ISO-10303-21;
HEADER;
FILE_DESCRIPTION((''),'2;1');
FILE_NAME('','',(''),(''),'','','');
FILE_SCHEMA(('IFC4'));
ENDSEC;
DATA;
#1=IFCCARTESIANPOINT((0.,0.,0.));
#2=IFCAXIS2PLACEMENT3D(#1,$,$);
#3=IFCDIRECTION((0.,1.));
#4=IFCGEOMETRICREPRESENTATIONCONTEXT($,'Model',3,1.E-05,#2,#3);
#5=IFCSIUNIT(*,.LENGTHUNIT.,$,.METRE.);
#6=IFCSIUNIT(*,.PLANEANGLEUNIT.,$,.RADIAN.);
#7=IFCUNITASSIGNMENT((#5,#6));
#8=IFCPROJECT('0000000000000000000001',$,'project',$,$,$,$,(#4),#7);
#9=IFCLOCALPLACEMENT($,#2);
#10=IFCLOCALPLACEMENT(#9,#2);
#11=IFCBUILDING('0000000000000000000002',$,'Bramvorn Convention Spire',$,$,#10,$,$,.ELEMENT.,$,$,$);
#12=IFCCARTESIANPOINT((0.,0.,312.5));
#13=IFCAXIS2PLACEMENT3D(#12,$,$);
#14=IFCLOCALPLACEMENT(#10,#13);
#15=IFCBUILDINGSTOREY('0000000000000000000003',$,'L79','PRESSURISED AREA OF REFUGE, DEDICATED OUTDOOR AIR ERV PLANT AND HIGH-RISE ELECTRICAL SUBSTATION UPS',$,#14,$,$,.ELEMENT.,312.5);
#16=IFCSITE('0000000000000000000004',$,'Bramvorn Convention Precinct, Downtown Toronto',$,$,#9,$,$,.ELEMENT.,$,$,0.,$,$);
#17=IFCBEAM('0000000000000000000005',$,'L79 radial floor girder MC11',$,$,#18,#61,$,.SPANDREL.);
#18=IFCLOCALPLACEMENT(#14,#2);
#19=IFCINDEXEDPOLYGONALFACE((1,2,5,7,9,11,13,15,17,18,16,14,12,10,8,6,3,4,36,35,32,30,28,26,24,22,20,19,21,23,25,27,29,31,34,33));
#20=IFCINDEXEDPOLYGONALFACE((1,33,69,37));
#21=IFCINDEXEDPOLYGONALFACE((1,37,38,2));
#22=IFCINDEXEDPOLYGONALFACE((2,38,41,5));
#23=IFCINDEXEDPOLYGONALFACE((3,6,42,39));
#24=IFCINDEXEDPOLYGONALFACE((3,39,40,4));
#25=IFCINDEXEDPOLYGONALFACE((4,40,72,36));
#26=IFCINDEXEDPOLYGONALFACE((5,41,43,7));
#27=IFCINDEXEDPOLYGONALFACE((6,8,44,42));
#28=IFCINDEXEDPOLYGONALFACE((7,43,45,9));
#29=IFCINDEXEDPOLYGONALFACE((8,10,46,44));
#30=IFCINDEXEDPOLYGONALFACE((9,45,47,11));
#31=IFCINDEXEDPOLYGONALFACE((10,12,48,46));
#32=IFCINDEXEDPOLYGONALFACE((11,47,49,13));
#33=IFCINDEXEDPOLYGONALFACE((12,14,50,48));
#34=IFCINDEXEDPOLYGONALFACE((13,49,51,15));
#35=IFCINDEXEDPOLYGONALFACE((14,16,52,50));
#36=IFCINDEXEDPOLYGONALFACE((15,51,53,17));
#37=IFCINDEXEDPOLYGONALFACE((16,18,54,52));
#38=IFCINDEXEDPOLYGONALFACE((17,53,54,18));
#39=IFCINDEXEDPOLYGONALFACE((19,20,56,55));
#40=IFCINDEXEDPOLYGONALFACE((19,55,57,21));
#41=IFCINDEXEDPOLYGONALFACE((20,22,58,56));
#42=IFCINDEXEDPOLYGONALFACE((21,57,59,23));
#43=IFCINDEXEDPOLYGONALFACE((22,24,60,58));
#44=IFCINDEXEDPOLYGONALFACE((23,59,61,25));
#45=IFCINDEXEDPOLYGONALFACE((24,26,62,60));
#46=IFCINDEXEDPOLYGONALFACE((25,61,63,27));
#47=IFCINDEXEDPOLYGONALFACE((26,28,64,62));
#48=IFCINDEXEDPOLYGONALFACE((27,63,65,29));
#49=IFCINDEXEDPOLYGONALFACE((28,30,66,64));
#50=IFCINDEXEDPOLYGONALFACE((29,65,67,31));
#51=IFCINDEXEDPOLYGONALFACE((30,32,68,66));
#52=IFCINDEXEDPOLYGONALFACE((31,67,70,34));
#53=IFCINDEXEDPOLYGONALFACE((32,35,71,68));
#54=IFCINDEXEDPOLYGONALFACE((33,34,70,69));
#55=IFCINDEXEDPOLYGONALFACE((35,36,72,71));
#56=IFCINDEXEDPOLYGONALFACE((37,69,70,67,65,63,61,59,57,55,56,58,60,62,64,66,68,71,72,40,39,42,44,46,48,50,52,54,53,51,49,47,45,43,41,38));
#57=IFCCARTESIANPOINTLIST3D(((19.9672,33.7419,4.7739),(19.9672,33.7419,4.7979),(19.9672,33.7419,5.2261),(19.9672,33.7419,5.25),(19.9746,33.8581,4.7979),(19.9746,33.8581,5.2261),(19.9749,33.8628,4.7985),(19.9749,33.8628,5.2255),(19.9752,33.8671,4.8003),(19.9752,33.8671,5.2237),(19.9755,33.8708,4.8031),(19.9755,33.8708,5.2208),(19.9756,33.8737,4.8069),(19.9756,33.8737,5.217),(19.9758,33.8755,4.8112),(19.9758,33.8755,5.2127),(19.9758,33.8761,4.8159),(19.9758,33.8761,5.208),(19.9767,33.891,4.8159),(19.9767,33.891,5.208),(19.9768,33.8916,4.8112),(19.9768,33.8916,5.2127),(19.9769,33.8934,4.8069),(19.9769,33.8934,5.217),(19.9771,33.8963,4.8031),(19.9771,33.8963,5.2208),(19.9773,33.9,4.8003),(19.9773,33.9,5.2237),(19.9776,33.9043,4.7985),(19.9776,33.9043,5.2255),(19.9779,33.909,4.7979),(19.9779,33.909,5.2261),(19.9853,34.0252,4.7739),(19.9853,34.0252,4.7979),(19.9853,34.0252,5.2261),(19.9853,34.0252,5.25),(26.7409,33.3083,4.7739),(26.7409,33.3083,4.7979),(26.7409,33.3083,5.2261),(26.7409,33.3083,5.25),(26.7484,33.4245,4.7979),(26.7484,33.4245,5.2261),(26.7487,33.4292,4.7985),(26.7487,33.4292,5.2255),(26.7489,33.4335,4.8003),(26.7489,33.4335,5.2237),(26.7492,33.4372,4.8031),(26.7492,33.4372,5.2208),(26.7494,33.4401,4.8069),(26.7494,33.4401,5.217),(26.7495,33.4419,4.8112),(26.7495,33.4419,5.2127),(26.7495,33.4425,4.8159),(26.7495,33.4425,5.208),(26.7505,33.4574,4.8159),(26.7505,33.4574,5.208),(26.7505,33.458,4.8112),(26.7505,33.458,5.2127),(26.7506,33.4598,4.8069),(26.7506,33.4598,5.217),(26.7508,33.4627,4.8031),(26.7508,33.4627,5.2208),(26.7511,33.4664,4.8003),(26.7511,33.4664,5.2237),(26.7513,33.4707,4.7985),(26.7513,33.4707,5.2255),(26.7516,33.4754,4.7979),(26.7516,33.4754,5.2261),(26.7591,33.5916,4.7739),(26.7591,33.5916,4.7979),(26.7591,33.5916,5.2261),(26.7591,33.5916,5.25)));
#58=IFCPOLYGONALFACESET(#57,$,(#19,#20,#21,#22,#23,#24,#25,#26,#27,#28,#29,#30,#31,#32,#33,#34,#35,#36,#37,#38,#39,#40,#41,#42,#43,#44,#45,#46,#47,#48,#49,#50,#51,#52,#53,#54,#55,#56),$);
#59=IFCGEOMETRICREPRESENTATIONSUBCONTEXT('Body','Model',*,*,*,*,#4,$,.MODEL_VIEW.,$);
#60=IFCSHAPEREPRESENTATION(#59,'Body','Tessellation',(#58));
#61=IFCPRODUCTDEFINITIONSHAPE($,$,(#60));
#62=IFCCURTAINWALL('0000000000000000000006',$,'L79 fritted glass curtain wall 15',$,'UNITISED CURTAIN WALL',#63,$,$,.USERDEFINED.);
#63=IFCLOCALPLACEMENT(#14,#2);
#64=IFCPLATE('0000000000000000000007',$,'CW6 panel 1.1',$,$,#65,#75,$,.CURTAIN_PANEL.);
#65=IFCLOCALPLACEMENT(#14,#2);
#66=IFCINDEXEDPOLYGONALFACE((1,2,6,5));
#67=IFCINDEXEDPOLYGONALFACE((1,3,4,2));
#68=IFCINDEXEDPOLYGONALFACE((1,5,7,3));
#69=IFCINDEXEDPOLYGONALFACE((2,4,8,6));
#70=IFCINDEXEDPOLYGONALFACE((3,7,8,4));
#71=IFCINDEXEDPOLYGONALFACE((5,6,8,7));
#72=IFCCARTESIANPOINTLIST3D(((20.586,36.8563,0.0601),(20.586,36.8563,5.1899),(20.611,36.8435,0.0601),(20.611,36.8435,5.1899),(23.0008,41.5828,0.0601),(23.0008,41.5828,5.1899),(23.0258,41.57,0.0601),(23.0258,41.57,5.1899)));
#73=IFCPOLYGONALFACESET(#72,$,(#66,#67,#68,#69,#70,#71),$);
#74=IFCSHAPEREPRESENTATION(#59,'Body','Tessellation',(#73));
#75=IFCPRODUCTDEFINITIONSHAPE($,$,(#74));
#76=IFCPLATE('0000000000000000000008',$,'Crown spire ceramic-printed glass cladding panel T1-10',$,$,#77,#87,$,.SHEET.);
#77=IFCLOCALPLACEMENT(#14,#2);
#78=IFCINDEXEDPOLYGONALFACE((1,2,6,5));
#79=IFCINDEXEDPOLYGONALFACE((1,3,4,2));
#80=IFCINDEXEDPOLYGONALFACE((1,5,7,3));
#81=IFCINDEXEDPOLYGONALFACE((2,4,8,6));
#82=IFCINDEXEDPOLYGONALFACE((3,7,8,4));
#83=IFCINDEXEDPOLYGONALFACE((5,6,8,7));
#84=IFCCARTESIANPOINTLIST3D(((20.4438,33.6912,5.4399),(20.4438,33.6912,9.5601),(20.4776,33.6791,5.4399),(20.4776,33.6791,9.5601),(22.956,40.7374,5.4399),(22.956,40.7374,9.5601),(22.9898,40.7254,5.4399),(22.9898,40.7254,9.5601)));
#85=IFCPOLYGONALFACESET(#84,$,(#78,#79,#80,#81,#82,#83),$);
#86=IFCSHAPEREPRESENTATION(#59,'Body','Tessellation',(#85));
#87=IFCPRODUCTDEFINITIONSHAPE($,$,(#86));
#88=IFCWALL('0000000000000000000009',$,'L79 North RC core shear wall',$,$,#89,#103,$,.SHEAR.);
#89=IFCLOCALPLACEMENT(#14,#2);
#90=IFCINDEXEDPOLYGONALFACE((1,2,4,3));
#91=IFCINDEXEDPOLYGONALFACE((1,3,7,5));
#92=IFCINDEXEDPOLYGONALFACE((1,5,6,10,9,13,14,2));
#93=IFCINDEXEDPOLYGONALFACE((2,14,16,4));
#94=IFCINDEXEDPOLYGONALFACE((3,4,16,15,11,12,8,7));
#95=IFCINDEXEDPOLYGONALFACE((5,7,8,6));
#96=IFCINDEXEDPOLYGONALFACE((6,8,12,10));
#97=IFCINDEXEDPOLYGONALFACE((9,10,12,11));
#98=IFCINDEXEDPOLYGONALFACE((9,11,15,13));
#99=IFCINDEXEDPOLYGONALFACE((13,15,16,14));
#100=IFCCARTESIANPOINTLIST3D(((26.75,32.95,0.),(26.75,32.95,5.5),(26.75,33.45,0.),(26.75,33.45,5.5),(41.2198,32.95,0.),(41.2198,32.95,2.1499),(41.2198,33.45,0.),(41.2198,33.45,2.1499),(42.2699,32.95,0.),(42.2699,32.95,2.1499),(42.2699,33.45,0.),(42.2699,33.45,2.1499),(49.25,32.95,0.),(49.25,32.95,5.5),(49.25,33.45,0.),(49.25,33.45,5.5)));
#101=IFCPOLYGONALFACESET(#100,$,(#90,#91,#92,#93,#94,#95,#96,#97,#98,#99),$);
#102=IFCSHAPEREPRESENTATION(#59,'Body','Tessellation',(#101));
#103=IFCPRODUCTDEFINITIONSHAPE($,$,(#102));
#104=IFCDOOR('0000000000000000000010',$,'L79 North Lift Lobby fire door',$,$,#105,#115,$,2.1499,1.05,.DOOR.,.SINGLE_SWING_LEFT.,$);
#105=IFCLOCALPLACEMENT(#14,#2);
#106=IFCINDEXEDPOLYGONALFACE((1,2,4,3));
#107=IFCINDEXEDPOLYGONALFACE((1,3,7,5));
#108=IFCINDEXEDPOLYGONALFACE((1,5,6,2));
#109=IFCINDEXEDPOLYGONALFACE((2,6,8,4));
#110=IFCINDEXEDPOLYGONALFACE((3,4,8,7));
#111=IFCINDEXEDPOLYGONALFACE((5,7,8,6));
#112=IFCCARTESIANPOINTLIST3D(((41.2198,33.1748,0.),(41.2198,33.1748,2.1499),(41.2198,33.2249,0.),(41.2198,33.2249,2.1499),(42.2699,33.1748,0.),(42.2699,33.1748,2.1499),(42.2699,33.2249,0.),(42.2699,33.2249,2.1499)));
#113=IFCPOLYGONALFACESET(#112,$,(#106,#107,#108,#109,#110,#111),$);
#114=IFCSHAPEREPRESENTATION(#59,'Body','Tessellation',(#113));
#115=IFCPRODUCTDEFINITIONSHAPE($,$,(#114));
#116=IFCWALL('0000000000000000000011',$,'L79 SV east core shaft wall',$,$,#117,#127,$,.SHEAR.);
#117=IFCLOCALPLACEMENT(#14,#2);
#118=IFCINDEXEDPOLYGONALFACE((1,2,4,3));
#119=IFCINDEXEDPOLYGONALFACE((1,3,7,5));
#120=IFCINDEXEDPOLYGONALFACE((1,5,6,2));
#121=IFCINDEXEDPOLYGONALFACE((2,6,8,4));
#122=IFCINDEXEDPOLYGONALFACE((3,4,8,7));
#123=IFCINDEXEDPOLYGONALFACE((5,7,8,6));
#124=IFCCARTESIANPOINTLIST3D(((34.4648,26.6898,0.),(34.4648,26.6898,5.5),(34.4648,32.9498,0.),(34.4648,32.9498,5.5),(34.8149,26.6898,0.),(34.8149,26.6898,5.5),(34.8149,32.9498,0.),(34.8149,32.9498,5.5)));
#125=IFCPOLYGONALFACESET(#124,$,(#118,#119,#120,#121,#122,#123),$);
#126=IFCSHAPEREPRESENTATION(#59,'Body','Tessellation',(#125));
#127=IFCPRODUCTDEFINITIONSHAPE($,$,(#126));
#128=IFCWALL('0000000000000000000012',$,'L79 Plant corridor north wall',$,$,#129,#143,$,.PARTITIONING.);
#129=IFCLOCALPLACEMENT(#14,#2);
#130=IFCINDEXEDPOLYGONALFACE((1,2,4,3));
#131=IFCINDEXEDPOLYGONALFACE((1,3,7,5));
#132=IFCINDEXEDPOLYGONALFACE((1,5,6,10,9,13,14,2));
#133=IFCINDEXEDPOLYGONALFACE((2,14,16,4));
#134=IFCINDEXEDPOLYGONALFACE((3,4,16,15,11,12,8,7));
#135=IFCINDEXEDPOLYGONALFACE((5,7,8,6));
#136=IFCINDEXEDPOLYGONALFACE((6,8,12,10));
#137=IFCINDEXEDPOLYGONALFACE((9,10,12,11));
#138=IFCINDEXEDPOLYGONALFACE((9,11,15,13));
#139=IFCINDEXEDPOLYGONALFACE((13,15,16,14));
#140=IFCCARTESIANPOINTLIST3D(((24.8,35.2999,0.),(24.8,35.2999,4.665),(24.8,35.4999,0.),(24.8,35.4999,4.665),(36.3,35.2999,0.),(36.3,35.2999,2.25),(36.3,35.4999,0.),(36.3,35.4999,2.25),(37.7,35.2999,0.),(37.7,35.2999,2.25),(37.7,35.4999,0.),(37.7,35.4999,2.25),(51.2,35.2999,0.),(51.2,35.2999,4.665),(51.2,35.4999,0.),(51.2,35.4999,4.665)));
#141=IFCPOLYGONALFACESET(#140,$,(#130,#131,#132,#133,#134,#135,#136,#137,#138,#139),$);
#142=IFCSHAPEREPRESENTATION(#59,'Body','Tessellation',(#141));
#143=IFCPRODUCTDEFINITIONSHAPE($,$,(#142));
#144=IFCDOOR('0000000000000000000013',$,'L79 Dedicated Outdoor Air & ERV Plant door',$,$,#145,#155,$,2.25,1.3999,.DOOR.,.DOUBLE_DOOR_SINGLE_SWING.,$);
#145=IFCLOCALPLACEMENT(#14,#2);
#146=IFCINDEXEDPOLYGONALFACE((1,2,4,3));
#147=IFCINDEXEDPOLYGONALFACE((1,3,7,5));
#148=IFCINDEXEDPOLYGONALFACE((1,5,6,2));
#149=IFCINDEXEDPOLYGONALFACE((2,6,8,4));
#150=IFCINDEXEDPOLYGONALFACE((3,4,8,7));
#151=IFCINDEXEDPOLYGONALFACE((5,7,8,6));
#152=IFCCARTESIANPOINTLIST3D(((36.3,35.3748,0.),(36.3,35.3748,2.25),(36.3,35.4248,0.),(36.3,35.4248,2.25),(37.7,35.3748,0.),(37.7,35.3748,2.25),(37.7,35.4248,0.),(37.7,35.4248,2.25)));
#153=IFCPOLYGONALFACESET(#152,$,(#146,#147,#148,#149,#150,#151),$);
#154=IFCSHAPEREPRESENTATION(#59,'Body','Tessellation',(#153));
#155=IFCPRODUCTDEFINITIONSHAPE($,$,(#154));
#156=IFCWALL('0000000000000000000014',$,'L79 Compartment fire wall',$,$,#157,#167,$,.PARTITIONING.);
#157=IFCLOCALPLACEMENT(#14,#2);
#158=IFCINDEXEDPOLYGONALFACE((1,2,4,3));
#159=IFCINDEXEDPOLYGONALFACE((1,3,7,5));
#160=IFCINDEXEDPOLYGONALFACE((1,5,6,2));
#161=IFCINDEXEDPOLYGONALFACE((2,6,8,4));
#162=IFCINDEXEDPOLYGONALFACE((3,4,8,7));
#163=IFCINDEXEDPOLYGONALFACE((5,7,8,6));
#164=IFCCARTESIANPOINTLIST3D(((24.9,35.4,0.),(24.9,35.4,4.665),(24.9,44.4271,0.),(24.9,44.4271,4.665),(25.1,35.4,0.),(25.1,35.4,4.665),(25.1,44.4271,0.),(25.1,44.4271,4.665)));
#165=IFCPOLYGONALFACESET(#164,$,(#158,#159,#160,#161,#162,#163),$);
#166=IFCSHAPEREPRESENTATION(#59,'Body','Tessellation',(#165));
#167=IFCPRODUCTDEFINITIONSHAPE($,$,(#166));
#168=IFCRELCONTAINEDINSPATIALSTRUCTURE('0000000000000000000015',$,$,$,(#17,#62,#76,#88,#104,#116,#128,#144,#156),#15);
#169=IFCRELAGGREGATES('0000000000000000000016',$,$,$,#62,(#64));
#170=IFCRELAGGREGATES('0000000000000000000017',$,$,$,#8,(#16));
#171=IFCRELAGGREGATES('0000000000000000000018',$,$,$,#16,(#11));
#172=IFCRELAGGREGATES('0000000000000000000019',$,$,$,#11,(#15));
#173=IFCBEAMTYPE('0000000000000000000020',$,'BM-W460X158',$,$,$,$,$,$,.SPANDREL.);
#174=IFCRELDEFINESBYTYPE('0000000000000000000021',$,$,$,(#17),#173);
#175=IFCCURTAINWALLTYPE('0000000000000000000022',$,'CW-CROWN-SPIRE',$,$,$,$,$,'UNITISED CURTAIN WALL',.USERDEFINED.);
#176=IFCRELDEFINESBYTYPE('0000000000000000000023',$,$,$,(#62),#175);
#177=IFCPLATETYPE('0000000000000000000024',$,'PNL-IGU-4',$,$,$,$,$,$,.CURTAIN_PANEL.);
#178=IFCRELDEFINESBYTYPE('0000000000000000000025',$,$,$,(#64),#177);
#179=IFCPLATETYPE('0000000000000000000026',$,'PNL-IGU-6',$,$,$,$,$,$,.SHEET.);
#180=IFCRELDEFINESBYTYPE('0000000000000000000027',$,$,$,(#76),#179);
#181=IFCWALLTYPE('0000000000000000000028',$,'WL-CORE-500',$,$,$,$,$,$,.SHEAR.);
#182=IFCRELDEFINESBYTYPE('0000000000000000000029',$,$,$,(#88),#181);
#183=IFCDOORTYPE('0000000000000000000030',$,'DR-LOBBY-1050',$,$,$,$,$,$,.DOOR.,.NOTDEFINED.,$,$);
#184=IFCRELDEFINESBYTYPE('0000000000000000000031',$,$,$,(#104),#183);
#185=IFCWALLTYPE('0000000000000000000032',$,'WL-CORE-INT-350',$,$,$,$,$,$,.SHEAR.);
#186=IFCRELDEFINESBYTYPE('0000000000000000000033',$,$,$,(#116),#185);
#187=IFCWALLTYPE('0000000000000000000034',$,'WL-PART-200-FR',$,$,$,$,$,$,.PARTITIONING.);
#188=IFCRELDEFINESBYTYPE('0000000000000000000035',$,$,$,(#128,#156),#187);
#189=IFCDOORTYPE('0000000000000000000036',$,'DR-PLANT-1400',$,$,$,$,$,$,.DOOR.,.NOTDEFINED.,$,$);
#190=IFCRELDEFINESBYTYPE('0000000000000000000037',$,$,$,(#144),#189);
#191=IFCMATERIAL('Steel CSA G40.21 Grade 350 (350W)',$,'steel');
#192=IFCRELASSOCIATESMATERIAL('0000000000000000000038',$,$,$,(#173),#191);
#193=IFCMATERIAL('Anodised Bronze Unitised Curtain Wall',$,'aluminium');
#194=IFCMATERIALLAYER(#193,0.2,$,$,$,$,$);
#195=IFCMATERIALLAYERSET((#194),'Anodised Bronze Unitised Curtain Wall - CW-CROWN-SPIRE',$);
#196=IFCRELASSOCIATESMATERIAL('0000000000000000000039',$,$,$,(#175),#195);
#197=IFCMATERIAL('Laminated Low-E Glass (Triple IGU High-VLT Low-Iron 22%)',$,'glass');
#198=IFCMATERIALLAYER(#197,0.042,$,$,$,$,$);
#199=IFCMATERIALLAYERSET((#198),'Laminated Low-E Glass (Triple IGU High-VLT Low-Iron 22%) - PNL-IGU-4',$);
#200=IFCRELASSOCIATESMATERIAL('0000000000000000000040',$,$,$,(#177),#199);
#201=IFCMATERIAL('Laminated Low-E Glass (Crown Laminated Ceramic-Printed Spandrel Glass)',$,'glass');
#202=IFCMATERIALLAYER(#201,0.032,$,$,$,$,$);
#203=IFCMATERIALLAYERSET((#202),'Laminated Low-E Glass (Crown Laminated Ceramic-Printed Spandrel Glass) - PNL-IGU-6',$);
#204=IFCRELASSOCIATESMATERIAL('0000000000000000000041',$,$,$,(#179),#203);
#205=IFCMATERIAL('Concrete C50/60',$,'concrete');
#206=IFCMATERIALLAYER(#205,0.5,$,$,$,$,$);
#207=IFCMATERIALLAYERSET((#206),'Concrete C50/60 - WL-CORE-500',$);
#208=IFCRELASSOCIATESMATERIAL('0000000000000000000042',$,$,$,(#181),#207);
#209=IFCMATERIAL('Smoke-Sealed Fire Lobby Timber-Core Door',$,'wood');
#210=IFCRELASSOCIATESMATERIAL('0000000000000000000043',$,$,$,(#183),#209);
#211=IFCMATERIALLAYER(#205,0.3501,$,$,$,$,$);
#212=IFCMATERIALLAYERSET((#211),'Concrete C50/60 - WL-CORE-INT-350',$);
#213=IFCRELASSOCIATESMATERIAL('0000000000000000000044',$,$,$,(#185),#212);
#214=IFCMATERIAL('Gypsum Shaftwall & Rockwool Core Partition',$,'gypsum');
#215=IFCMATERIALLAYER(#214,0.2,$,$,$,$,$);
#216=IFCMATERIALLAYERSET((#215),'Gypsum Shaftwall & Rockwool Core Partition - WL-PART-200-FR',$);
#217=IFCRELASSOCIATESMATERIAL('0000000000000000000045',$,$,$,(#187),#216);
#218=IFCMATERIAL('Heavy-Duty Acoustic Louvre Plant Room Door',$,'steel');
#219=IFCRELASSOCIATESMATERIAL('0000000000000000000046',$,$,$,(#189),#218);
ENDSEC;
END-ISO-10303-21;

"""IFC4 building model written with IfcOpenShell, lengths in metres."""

from ifc_helpers import new_model, si_unit, direction, frame, frame_2d, origin, origin_2d, place, context, subcontext, project, spatial, rectangle, i_section, extrude, material, layer, layer_set, material_profile, profile_set, type_object, element, fill, aggregate, save


model = new_model("IFC4")

# Units and contexts
model_context = context("Model", 3, precision=1e-05, world=origin(), true_north=direction((0.0, 1.0)))
body_context = subcontext(model_context, "Body", "Model", "MODEL_VIEW")
ifc_project = project(units=[si_unit("LENGTHUNIT", "METRE"), si_unit("PLANEANGLEUNIT", "RADIAN")], contexts=[model_context])

# Site, building, storey
site_placement = place(None, origin())
site = spatial("IfcSite", under=ifc_project, at=site_placement, Name="Bramvorn Convention Precinct, Downtown Toronto", CompositionType="ELEMENT", RefElevation=0.0)
building_placement = place(site_placement, origin())
building = spatial("IfcBuilding", under=site, at=building_placement, Name="Bramvorn Convention Spire", CompositionType="ELEMENT")
storey_placement = place(building_placement, frame((0.0, 0.0, 312.5)))
storey = spatial("IfcBuildingStorey", under=building, at=storey_placement, Name="L79", Description="PRESSURISED AREA OF REFUGE, DEDICATED OUTDOOR AIR ERV PLANT AND HIGH-RISE ELECTRICAL SUBSTATION UPS", CompositionType="ELEMENT", Elevation=312.5)

# Shared definitions
ifc_material_1 = material(Name="Steel CSA G40.21 Grade 350 (350W)", Category="steel")

# Beam
ifc_material_profile_1 = material_profile(ifc_material_1, i_section(OverallWidth=0.2839, OverallDepth=0.4761, WebThickness=0.0149, FlangeThickness=0.0239, FilletRadius=0.0181, at=origin_2d()))
ifc_profile_set_1 = profile_set([ifc_material_profile_1], Name="Steel CSA G40.21 Grade 350 (350W) - W460X158")
beam_type_1 = type_object("IfcBeamType", Name="BM-W460X158", PredefinedType="SPANDREL", material=ifc_profile_set_1)
beam_1_placement = place(storey_placement, frame((26.75, 33.45, 5.012), z_axis=(-0.997958, 0.063881, 0.0), x_axis=(-0.063881, -0.997958, 0.0)))
element("IfcBeam", 1, at=beam_1_placement, inside=storey, type_object=beam_type_1, Name="L79 radial floor girder MC11", PredefinedType="SPANDREL", context=body_context, shape_type="SweptSolid", body=[
    extrude(i_section(OverallWidth=0.2839, OverallDepth=0.4761, WebThickness=0.0149, FlangeThickness=0.0239, FilletRadius=0.0181, at=origin_2d()), origin(), (0.0, 0.0, 1.0), 6.7876),
])

# Curtain wall, plate
ifc_material_2 = material(Name="Anodised Bronze Unitised Curtain Wall", Category="aluminium")
ifc_layer_1 = layer(ifc_material_2, 0.2)
ifc_layer_set_1 = layer_set([ifc_layer_1], Name="Anodised Bronze Unitised Curtain Wall - CW-CROWN-SPIRE")
curtain_wall_type = type_object("IfcCurtainWallType", Name="CW-CROWN-SPIRE", ElementType="UNITISED CURTAIN WALL", PredefinedType="USERDEFINED", material=ifc_layer_set_1)
curtain_wall_placement = place(storey_placement, origin())
curtain_wall = element("IfcCurtainWall", 2, at=curtain_wall_placement, inside=storey, type_object=curtain_wall_type, Name="L79 fritted glass curtain wall 15", ObjectType="UNITISED CURTAIN WALL", PredefinedType="USERDEFINED")
ifc_material_3 = material(Name="Laminated Low-E Glass (Triple IGU High-VLT Low-Iron 22%)", Category="glass")
ifc_layer_2 = layer(ifc_material_3, 0.042)
ifc_layer_set_2 = layer_set([ifc_layer_2], Name="Laminated Low-E Glass (Triple IGU High-VLT Low-Iron 22%) - PNL-IGU-4")
plate_type_1 = type_object("IfcPlateType", Name="PNL-IGU-4", PredefinedType="CURTAIN_PANEL", material=ifc_layer_set_2)
plate_1_placement = place(storey_placement, frame((21.8059, 39.2131, 0.0601), z_axis=(0.0, 0.0, 1.0), x_axis=(0.454964, 0.89051, 0.0)))
plate_1 = element("IfcPlate", 3, at=plate_1_placement, type_object=plate_type_1, Name="CW6 panel 1.1", PredefinedType="CURTAIN_PANEL", context=body_context, shape_type="SweptSolid", body=[
    extrude(rectangle(XDim=5.3076, YDim=0.0281, at=origin_2d()), origin(), (0.0, 0.0, 1.0), 5.1299),
])
aggregate(curtain_wall, [plate_1])

# Plate
ifc_material_4 = material(Name="Laminated Low-E Glass (Crown Laminated Ceramic-Printed Spandrel Glass)", Category="glass")
ifc_layer_3 = layer(ifc_material_4, 0.032)
ifc_layer_set_3 = layer_set([ifc_layer_3], Name="Laminated Low-E Glass (Crown Laminated Ceramic-Printed Spandrel Glass) - PNL-IGU-6")
plate_type_2 = type_object("IfcPlateType", Name="PNL-IGU-6", PredefinedType="SHEET", material=ifc_layer_set_3)
plate_2_placement = place(storey_placement, frame((21.7168, 37.2083, 5.4399), z_axis=(0.0, 0.0, 1.0), x_axis=(-0.335831, -0.941922, 0.0)))
element("IfcPlate", 4, at=plate_2_placement, inside=storey, type_object=plate_type_2, Name="Crown spire ceramic-printed glass cladding panel T1-10", PredefinedType="SHEET", context=body_context, shape_type="SweptSolid", body=[
    extrude(rectangle(XDim=7.4807, YDim=0.0359, at=origin_2d()), origin(), (0.0, 0.0, 1.0), 4.1201),
])

# Wall, opening, door
ifc_material_5 = material(Name="Concrete C50/60", Category="concrete")
ifc_layer_4 = layer(ifc_material_5, 0.5)
ifc_layer_set_4 = layer_set([ifc_layer_4], Name="Concrete C50/60 - WL-CORE-500")
wall_type_1 = type_object("IfcWallType", Name="WL-CORE-500", PredefinedType="SHEAR", material=ifc_layer_set_4)
wall_1_placement = place(storey_placement, frame((26.75, 33.2, 0.0), z_axis=(0.0, 0.0, 1.0), x_axis=(1.0, 0.0, 0.0)))
wall_1 = element("IfcWall", 5, at=wall_1_placement, inside=storey, type_object=wall_type_1, Name="L79 North RC core shear wall", PredefinedType="SHEAR", context=body_context, shape_type="SweptSolid", body=[
    extrude(rectangle(XDim=22.5, YDim=0.5, at=frame_2d((11.25, 0.0))), origin(), (0.0, 0.0, 1.0), 5.5),
])
opening_1_placement = place(wall_1_placement, frame((14.47, 0.0, 0.0)))
opening_1 = element("IfcOpeningElement", 6, at=opening_1_placement, cuts=wall_1, PredefinedType="OPENING", context=body_context, shape_type="SweptSolid", body=[
    extrude(rectangle(XDim=1.05, YDim=2.1499, at=frame_2d((0.5249, 1.075))), frame((0.0, 0.26, 0.0), z_axis=(0.0, -1.0, 0.0), x_axis=(1.0, 0.0, 0.0)), (0.0, 0.0, 1.0), 0.52),
])
ifc_material_6 = material(Name="Smoke-Sealed Fire Lobby Timber-Core Door", Category="wood")
door_type_1 = type_object("IfcDoorType", Name="DR-LOBBY-1050", OperationType="NOTDEFINED", PredefinedType="DOOR", material=ifc_material_6)
door_1_placement = place(opening_1_placement, origin())
door_1 = element("IfcDoor", 7, at=door_1_placement, inside=storey, type_object=door_type_1, Name="L79 North Lift Lobby fire door", OperationType="SINGLE_SWING_LEFT", OverallHeight=2.1499, OverallWidth=1.05, PredefinedType="DOOR", context=body_context, shape_type="SweptSolid", body=[
    extrude(rectangle(XDim=1.05, YDim=2.1499, at=frame_2d((0.5249, 1.075))), frame((0.0, 0.0249, 0.0), z_axis=(0.0, -1.0, 0.0), x_axis=(1.0, 0.0, 0.0)), (0.0, 0.0, 1.0), 0.05),
])
fill(opening_1, door_1)
ifc_layer_5 = layer(ifc_material_5, 0.3501)
ifc_layer_set_5 = layer_set([ifc_layer_5], Name="Concrete C50/60 - WL-CORE-INT-350")
wall_type_2 = type_object("IfcWallType", Name="WL-CORE-INT-350", PredefinedType="SHEAR", material=ifc_layer_set_5)

# Wall
wall_2_placement = place(storey_placement, frame((34.6399, 26.6899, 0.0), z_axis=(0.0, 0.0, 1.0), x_axis=(0.0, 1.0, 0.0)))
element("IfcWall", 8, at=wall_2_placement, inside=storey, type_object=wall_type_2, Name="L79 SV east core shaft wall", PredefinedType="SHEAR", context=body_context, shape_type="SweptSolid", body=[
    extrude(rectangle(XDim=6.26, YDim=0.3501, at=frame_2d((3.1299, 0.0))), origin(), (0.0, 0.0, 1.0), 5.5),
])

# Wall, opening, door
ifc_material_7 = material(Name="Gypsum Shaftwall & Rockwool Core Partition", Category="gypsum")
ifc_layer_6 = layer(ifc_material_7, 0.2)
ifc_layer_set_6 = layer_set([ifc_layer_6], Name="Gypsum Shaftwall & Rockwool Core Partition - WL-PART-200-FR")
wall_type_3 = type_object("IfcWallType", Name="WL-PART-200-FR", PredefinedType="PARTITIONING", material=ifc_layer_set_6)
wall_3_placement = place(storey_placement, frame((24.8, 35.3999, 0.0), z_axis=(0.0, 0.0, 1.0), x_axis=(1.0, 0.0, 0.0)))
wall_3 = element("IfcWall", 9, at=wall_3_placement, inside=storey, type_object=wall_type_3, Name="L79 Plant corridor north wall", PredefinedType="PARTITIONING", context=body_context, shape_type="SweptSolid", body=[
    extrude(rectangle(XDim=26.3999, YDim=0.2, at=frame_2d((13.2, 0.0))), origin(), (0.0, 0.0, 1.0), 4.665),
])
opening_2_placement = place(wall_3_placement, frame((11.5, 0.0, 0.0)))
opening_2 = element("IfcOpeningElement", 10, at=opening_2_placement, cuts=wall_3, PredefinedType="OPENING", context=body_context, shape_type="SweptSolid", body=[
    extrude(rectangle(XDim=1.3999, YDim=2.25, at=frame_2d((0.7, 1.125))), frame((0.0, 0.1099, 0.0), z_axis=(0.0, -1.0, 0.0), x_axis=(1.0, 0.0, 0.0)), (0.0, 0.0, 1.0), 0.22),
])
ifc_material_8 = material(Name="Heavy-Duty Acoustic Louvre Plant Room Door", Category="steel")
door_type_2 = type_object("IfcDoorType", Name="DR-PLANT-1400", OperationType="NOTDEFINED", PredefinedType="DOOR", material=ifc_material_8)
door_2_placement = place(opening_2_placement, origin())
door_2 = element("IfcDoor", 11, at=door_2_placement, inside=storey, type_object=door_type_2, Name="L79 Dedicated Outdoor Air & ERV Plant door", OperationType="DOUBLE_DOOR_SINGLE_SWING", OverallHeight=2.25, OverallWidth=1.3999, PredefinedType="DOOR", context=body_context, shape_type="SweptSolid", body=[
    extrude(rectangle(XDim=1.3999, YDim=2.25, at=frame_2d((0.7, 1.125))), frame((0.0, 0.0249, 0.0), z_axis=(0.0, -1.0, 0.0), x_axis=(1.0, 0.0, 0.0)), (0.0, 0.0, 1.0), 0.05),
])
fill(opening_2, door_2)

# Wall
wall_4_placement = place(storey_placement, frame((25.0, 35.3999, 0.0), z_axis=(0.0, 0.0, 1.0), x_axis=(0.0, 1.0, 0.0)))
element("IfcWall", 12, at=wall_4_placement, inside=storey, type_object=wall_type_3, Name="L79 Compartment fire wall", PredefinedType="PARTITIONING", context=body_context, shape_type="SweptSolid", body=[
    extrude(rectangle(XDim=9.0271, YDim=0.2, at=frame_2d((4.5137, 0.0))), origin(), (0.0, 0.0, 1.0), 4.665),
])

save(model, "model.ifc")
